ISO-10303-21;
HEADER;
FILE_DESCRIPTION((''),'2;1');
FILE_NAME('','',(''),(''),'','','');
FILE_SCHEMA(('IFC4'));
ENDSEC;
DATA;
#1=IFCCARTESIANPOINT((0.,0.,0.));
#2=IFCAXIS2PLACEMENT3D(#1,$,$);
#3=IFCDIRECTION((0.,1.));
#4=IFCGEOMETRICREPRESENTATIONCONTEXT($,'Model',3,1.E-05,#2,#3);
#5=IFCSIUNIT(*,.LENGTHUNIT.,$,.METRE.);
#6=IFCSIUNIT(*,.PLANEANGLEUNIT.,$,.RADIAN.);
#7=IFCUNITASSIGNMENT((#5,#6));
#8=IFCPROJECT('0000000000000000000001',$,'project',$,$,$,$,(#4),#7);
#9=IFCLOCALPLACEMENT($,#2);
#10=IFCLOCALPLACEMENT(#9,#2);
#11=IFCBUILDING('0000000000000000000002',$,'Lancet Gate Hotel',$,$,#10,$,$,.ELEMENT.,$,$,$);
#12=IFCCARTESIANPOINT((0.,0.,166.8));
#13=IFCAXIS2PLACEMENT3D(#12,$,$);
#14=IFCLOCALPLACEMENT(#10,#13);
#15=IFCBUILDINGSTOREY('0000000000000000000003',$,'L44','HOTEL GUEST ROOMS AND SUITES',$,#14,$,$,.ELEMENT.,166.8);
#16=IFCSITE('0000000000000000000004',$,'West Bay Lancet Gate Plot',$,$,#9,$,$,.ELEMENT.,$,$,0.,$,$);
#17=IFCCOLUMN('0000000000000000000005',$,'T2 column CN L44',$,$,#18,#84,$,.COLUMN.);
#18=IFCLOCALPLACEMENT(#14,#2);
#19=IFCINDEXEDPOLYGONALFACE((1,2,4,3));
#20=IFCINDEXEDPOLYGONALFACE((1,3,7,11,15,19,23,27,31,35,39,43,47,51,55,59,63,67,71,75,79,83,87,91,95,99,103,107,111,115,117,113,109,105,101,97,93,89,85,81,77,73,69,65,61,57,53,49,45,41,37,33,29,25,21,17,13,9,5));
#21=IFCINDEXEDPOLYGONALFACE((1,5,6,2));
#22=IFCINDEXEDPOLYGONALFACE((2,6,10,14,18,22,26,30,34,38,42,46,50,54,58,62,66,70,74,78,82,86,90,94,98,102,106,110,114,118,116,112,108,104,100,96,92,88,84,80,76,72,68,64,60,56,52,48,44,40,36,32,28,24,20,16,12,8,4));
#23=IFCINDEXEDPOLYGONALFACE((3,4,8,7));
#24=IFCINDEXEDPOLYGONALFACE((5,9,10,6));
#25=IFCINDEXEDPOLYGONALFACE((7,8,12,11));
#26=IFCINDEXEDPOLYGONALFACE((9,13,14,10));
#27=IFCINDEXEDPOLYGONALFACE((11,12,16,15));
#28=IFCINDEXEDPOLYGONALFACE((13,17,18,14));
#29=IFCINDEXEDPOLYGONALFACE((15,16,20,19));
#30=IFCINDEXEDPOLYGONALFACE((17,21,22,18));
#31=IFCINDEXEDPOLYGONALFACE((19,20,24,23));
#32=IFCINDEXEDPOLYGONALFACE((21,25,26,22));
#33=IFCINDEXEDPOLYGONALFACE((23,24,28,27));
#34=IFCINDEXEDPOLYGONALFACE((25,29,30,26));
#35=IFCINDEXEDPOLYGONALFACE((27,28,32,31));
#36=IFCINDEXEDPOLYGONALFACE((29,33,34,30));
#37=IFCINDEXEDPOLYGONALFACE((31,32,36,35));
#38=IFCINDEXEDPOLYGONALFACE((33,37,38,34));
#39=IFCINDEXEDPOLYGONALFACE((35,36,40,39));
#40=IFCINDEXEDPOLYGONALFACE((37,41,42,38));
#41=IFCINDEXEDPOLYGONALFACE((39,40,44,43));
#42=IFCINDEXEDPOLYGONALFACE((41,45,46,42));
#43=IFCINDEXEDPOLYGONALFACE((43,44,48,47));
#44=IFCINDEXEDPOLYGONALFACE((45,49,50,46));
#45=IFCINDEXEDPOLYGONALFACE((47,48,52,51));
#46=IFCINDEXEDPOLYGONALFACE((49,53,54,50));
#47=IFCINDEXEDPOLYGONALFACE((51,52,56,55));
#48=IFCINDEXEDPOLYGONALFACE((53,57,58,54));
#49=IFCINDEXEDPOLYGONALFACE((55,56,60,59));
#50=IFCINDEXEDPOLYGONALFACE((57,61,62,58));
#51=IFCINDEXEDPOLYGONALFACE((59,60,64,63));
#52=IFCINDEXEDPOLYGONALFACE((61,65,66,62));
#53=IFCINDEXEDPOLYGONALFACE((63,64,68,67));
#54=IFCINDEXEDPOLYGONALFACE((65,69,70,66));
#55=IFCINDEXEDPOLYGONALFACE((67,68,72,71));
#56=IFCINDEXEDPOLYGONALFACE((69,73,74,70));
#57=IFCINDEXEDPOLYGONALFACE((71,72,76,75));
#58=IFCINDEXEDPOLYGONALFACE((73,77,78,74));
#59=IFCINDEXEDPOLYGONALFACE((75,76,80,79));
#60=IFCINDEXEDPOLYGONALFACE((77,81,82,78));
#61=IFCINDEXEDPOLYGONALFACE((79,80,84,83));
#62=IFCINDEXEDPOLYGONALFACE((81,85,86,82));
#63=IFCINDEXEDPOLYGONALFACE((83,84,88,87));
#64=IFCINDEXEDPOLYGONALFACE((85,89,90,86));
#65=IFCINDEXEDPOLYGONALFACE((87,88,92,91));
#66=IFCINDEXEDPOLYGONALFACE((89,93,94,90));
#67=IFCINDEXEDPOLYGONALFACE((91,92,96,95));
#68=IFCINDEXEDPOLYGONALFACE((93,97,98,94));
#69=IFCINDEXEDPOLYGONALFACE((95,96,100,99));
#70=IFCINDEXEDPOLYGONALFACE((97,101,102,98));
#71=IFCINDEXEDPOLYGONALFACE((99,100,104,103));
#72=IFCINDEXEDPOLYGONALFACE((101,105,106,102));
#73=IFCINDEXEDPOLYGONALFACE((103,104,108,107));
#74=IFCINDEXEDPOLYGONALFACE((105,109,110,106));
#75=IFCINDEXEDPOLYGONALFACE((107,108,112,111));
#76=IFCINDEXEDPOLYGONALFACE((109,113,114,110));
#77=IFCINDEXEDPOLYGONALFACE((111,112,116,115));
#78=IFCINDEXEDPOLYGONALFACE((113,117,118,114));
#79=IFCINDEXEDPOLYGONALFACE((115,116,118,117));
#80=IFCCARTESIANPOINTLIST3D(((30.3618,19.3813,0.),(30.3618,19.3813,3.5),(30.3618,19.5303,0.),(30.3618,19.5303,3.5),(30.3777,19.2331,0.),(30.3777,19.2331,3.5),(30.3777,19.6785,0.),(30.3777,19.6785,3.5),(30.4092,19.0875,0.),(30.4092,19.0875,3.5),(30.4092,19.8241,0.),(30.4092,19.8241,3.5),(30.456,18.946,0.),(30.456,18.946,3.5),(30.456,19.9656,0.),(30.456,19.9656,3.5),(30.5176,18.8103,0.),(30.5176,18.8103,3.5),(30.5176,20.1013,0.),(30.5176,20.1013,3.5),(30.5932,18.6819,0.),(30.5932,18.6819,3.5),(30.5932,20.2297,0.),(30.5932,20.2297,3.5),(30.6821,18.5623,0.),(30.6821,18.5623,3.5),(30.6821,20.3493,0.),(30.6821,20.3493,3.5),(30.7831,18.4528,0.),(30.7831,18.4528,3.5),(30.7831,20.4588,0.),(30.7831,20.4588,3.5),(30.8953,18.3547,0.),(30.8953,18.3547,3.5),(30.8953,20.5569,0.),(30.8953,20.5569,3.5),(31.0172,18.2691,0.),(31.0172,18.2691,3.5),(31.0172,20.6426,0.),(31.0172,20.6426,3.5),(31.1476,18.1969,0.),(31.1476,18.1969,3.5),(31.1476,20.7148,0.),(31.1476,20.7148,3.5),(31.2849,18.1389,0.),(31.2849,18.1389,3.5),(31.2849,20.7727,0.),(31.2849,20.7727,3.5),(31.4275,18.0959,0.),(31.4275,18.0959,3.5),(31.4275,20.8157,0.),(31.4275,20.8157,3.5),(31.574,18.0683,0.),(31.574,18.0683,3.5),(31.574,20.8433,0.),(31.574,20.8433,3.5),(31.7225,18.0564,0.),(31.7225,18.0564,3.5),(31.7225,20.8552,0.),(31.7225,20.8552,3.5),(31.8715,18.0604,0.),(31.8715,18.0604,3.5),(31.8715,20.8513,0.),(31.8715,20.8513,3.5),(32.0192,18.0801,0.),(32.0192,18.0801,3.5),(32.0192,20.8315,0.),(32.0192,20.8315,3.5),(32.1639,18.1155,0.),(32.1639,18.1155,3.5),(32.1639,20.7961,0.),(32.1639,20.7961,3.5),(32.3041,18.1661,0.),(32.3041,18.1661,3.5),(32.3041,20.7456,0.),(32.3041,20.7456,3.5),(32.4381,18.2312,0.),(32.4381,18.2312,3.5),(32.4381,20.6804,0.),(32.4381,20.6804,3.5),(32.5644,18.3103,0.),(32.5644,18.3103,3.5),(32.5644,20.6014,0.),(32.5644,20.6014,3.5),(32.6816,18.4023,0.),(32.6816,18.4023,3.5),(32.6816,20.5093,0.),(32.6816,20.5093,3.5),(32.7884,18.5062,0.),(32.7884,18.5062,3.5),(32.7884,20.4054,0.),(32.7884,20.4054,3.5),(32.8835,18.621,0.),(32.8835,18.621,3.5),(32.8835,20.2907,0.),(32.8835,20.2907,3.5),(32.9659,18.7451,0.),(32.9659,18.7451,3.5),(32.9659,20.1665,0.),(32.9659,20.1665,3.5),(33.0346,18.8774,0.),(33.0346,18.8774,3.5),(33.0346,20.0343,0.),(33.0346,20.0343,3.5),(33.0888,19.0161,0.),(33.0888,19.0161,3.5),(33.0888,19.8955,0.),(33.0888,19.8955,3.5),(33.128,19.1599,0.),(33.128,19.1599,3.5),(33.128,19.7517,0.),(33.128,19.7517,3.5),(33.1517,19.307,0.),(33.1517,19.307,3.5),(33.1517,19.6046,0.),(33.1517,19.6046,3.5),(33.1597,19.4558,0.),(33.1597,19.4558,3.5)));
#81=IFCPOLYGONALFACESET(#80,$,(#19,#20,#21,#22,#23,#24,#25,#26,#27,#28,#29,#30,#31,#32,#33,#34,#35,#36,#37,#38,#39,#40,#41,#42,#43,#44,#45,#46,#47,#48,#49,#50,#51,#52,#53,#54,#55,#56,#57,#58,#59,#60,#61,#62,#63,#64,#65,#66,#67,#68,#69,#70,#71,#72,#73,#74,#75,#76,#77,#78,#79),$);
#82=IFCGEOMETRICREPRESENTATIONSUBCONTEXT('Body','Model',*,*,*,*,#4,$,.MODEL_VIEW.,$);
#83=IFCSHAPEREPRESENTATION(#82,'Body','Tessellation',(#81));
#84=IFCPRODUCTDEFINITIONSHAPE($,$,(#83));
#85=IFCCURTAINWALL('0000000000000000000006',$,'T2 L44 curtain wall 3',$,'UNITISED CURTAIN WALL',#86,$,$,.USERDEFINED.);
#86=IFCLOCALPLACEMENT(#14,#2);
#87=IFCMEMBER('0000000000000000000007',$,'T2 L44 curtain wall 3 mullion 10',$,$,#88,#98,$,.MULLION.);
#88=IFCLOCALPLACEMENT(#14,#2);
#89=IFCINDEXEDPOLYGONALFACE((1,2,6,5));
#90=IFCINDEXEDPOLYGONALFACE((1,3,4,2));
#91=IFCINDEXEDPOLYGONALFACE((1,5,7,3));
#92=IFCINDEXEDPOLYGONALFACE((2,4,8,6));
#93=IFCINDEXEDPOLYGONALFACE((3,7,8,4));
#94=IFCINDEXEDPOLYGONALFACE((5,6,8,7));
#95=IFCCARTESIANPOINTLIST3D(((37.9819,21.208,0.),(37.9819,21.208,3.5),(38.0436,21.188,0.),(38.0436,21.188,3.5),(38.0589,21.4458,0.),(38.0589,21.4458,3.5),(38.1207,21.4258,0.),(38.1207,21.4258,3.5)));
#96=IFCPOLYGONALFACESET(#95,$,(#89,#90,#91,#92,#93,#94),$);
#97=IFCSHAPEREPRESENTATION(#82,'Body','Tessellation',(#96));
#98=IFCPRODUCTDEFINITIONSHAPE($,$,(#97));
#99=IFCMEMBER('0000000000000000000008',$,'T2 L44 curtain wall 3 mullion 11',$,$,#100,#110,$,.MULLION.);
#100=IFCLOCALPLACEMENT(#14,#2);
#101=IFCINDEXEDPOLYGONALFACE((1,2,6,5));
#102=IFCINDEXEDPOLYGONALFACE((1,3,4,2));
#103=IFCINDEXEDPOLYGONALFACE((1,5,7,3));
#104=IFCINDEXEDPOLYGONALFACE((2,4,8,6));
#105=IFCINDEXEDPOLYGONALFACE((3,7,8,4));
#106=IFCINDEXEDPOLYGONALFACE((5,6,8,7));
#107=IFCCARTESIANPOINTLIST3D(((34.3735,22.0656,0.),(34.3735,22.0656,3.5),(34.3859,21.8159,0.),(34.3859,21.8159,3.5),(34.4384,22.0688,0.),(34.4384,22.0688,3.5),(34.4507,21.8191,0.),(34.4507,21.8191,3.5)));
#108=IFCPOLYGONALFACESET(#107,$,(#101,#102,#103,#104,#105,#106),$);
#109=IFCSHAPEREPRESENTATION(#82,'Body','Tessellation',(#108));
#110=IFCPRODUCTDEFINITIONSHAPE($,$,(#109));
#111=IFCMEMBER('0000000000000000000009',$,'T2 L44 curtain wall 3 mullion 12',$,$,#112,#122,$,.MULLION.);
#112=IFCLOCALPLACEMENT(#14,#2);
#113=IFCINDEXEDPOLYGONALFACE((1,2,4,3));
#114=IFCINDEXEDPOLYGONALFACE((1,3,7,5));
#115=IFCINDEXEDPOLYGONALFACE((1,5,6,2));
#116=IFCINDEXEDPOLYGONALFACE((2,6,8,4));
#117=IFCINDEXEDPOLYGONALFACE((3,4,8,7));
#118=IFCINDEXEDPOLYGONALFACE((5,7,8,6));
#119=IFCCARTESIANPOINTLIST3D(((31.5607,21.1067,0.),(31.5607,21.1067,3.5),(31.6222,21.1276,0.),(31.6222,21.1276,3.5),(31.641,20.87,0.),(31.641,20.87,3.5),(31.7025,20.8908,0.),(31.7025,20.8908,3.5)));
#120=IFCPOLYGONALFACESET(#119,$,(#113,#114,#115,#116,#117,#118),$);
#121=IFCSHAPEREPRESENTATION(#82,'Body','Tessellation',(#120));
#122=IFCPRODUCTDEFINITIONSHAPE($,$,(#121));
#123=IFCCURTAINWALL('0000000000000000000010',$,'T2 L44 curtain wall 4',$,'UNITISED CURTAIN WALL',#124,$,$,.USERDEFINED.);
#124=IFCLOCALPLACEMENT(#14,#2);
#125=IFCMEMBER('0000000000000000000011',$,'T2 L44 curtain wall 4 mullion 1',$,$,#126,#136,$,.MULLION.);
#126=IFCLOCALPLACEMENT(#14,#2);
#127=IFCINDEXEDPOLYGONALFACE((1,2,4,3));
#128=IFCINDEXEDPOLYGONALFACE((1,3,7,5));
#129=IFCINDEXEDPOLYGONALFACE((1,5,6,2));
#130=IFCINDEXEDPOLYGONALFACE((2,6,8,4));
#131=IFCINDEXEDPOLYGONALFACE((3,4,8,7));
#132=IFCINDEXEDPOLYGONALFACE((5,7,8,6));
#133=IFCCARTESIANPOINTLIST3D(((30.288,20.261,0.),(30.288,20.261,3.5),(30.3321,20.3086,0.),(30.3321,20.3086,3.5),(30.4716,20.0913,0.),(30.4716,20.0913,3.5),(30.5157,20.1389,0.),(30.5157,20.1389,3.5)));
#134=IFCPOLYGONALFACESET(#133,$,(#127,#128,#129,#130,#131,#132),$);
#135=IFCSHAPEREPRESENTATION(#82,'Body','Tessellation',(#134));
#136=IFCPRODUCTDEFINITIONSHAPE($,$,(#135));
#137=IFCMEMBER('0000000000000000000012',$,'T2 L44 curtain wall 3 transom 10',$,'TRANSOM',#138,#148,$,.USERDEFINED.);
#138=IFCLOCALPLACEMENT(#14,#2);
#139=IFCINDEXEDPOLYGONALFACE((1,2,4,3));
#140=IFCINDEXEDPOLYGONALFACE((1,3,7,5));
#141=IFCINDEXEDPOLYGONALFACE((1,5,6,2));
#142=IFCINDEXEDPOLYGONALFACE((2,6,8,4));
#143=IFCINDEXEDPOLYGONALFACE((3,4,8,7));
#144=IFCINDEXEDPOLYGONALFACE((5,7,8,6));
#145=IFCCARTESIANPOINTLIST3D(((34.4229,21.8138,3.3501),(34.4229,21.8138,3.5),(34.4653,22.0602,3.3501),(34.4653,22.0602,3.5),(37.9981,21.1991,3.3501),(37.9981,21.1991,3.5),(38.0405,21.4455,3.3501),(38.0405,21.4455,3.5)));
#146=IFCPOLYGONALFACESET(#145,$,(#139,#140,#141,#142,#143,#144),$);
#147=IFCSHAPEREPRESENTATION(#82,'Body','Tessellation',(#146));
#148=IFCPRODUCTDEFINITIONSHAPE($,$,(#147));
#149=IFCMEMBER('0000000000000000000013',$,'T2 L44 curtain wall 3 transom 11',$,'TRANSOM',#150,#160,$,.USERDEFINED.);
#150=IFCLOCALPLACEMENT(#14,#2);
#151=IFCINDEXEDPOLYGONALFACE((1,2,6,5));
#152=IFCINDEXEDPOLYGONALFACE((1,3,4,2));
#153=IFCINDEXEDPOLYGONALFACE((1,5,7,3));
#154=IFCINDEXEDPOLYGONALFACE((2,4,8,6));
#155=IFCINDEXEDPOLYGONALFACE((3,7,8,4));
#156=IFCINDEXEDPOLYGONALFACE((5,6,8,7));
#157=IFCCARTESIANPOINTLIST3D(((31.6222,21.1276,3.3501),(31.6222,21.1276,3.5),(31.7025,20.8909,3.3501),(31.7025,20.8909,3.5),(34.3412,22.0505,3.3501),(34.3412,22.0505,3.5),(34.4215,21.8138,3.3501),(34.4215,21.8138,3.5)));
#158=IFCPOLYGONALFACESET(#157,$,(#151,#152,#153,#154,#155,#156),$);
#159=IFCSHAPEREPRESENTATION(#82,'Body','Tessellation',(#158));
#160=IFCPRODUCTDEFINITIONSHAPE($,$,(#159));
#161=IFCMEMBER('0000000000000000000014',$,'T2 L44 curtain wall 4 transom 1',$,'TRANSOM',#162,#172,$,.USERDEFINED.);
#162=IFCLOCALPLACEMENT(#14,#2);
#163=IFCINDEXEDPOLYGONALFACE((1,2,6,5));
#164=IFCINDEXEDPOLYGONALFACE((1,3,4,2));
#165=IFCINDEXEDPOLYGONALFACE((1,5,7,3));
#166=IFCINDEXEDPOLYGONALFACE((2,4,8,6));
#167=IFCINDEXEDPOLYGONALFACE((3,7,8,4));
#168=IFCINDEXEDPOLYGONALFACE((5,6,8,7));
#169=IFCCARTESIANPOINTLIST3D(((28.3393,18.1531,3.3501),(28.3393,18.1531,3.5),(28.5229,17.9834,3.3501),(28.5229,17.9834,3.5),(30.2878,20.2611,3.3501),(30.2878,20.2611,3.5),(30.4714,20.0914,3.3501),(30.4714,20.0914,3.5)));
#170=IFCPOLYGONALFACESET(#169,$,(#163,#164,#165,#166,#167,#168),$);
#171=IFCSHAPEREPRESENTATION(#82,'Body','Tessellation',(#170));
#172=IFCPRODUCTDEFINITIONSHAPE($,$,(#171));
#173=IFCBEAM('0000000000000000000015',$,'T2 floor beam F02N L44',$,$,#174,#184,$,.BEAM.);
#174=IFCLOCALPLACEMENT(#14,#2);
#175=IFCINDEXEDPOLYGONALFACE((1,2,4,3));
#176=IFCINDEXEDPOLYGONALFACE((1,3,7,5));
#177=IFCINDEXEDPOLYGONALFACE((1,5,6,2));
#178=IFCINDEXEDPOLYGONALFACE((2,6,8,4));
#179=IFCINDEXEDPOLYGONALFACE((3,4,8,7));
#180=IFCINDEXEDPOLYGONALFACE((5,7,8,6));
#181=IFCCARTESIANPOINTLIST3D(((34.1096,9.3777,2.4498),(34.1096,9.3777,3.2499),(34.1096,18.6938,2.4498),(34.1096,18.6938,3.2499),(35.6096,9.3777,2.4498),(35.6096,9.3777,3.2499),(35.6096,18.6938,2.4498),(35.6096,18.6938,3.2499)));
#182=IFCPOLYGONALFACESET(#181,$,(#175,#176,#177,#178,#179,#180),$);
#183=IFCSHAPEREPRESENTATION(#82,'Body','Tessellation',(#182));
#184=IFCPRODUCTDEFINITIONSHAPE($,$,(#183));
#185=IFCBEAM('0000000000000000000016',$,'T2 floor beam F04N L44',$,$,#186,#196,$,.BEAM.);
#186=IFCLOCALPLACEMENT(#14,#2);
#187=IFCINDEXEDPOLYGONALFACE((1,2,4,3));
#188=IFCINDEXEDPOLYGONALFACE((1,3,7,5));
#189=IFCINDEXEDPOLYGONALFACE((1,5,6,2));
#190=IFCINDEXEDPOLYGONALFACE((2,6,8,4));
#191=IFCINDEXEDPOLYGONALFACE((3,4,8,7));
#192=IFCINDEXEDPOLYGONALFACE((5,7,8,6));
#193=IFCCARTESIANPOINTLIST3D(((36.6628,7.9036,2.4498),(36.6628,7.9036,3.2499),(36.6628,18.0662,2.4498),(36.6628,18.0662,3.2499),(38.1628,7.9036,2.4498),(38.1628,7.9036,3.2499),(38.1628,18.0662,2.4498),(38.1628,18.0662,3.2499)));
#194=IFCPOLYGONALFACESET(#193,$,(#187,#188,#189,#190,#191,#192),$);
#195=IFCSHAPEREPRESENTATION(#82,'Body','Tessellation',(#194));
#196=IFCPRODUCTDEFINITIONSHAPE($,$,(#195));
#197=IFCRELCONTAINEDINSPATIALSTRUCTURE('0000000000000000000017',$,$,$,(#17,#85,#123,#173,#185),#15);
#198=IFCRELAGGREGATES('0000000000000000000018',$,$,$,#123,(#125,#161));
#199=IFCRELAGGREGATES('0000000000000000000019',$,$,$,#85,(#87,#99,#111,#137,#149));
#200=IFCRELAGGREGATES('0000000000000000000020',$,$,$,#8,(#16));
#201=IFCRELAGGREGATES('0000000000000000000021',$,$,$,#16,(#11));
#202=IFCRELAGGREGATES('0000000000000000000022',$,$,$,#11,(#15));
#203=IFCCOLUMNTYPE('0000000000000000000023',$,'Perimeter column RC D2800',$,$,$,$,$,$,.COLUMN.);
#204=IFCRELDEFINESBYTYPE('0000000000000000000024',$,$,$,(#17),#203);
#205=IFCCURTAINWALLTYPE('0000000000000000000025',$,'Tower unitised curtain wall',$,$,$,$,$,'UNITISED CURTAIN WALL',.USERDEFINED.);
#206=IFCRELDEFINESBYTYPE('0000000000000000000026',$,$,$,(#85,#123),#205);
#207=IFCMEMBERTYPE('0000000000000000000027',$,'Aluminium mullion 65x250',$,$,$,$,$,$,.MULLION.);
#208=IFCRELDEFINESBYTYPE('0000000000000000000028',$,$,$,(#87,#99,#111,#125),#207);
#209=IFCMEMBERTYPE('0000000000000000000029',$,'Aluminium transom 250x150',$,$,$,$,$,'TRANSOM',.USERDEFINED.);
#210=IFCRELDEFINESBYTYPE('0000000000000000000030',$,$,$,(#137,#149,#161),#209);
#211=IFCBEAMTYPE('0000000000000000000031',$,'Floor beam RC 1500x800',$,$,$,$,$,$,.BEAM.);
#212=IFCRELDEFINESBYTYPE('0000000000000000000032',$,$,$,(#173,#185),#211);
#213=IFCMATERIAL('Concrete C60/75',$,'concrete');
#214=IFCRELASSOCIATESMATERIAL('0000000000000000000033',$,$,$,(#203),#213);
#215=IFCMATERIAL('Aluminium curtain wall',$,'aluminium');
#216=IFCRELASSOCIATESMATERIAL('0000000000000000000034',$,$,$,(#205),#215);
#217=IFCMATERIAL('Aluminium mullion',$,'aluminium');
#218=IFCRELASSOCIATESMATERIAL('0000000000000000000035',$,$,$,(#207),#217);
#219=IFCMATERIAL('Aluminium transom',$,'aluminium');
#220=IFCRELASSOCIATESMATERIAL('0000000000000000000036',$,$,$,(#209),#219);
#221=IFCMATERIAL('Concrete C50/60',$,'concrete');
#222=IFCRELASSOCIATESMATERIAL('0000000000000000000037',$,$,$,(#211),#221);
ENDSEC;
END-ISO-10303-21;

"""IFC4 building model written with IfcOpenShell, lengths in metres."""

from ifc_helpers import new_model, si_unit, direction, frame, origin, origin_2d, place, context, subcontext, project, spatial, rectangle, circle, extrude, material, material_profile, profile_set, type_object, element, aggregate, save


model = new_model("IFC4")

# Units and contexts
model_context = context("Model", 3, precision=1e-05, world=origin(), true_north=direction((0.0, 1.0)))
body_context = subcontext(model_context, "Body", "Model", "MODEL_VIEW")
ifc_project = project(units=[si_unit("LENGTHUNIT", "METRE"), si_unit("PLANEANGLEUNIT", "RADIAN")], contexts=[model_context])

# Site, building, storey
site_placement = place(None, origin())
site = spatial("IfcSite", under=ifc_project, at=site_placement, Name="West Bay Lancet Gate Plot", CompositionType="ELEMENT", RefElevation=0.0)
building_placement = place(site_placement, origin())
building = spatial("IfcBuilding", under=site, at=building_placement, Name="Lancet Gate Hotel", CompositionType="ELEMENT")
storey_placement = place(building_placement, frame((0.0, 0.0, 166.8)))
storey = spatial("IfcBuildingStorey", under=building, at=storey_placement, Name="L44", Description="HOTEL GUEST ROOMS AND SUITES", CompositionType="ELEMENT", Elevation=166.8)

# Column
ifc_material_1 = material(Name="Concrete C60/75", Category="concrete")
ifc_material_profile_1 = material_profile(ifc_material_1, circle(Radius=1.3999, at=origin_2d()), Name="RC D2800")
ifc_profile_set_1 = profile_set([ifc_material_profile_1], Name="Concrete C60/75")
column_type = type_object("IfcColumnType", Name="Perimeter column RC D2800", PredefinedType="COLUMN", material=ifc_profile_set_1)
column_placement = place(storey_placement, frame((31.7598, 19.4558, 0.0), z_axis=(0.0, 0.0, 1.0), x_axis=(1.0, 0.0, 0.0)))
element("IfcColumn", 1, at=column_placement, inside=storey, type_object=column_type, Name="T2 column CN L44", PredefinedType="COLUMN", context=body_context, shape_type="SweptSolid", body=[
    extrude(circle(Radius=1.3999, at=origin_2d()), origin(), (0.0, 0.0, 1.0), 3.5),
])

# Curtain wall, members
ifc_material_2 = material(Name="Aluminium curtain wall", Category="aluminium")
curtain_wall_type = type_object("IfcCurtainWallType", Name="Tower unitised curtain wall", ElementType="UNITISED CURTAIN WALL", PredefinedType="USERDEFINED", material=ifc_material_2)
curtain_wall_1_placement = place(storey_placement, origin())
curtain_wall_1 = element("IfcCurtainWall", 2, at=curtain_wall_1_placement, inside=storey, type_object=curtain_wall_type, Name="T2 L44 curtain wall 3", ObjectType="UNITISED CURTAIN WALL", PredefinedType="USERDEFINED")
ifc_material_3 = material(Name="Aluminium mullion", Category="aluminium")
ifc_material_profile_2 = material_profile(ifc_material_3, rectangle(XDim=0.0649, YDim=0.25, at=origin_2d()), Name="MULLION 65x250")
ifc_profile_set_2 = profile_set([ifc_material_profile_2], Name="Aluminium mullion")
member_type_1 = type_object("IfcMemberType", Name="Aluminium mullion 65x250", PredefinedType="MULLION", material=ifc_profile_set_2)
member_1_placement = place(storey_placement, frame((38.0513, 21.3169, 0.0), z_axis=(0.0, 0.0, 1.0), x_axis=(-0.951355, 0.308095, 0.0)))
member_1 = element("IfcMember", 3, at=member_1_placement, type_object=member_type_1, Name="T2 L44 curtain wall 3 mullion 10", PredefinedType="MULLION", context=body_context, shape_type="SweptSolid", body=[
    extrude(rectangle(XDim=0.0649, YDim=0.25, at=origin_2d()), origin(), (0.0, 0.0, 1.0), 3.5),
])
member_2_placement = place(storey_placement, frame((34.4121, 21.9424, 0.0), z_axis=(0.0, 0.0, 1.0), x_axis=(-0.998776, -0.049471, 0.0)))
member_2 = element("IfcMember", 4, at=member_2_placement, type_object=member_type_1, Name="T2 L44 curtain wall 3 mullion 11", PredefinedType="MULLION", context=body_context, shape_type="SweptSolid", body=[
    extrude(rectangle(XDim=0.0649, YDim=0.25, at=origin_2d()), origin(), (0.0, 0.0, 1.0), 3.5),
])
member_3_placement = place(storey_placement, frame((31.6316, 20.9988, 0.0), z_axis=(0.0, 0.0, 1.0), x_axis=(-0.946952, -0.321374, 0.0)))
member_3 = element("IfcMember", 5, at=member_3_placement, type_object=member_type_1, Name="T2 L44 curtain wall 3 mullion 12", PredefinedType="MULLION", context=body_context, shape_type="SweptSolid", body=[
    extrude(rectangle(XDim=0.0649, YDim=0.25, at=origin_2d()), origin(), (0.0, 0.0, 1.0), 3.5),
])

# Curtain wall, member
curtain_wall_2_placement = place(storey_placement, origin())
curtain_wall_2 = element("IfcCurtainWall", 6, at=curtain_wall_2_placement, inside=storey, type_object=curtain_wall_type, Name="T2 L44 curtain wall 4", ObjectType="UNITISED CURTAIN WALL", PredefinedType="USERDEFINED")
member_4_placement = place(storey_placement, frame((30.4019, 20.2, 0.0), z_axis=(0.0, 0.0, 1.0), x_axis=(-0.678831, -0.734294, 0.0)))
member_4 = element("IfcMember", 7, at=member_4_placement, type_object=member_type_1, Name="T2 L44 curtain wall 4 mullion 1", PredefinedType="MULLION", context=body_context, shape_type="SweptSolid", body=[
    extrude(rectangle(XDim=0.0649, YDim=0.25, at=origin_2d()), origin(), (0.0, 0.0, 1.0), 3.5),
])

# Members
ifc_material_4 = material(Name="Aluminium transom", Category="aluminium")
ifc_material_profile_3 = material_profile(ifc_material_4, rectangle(XDim=0.25, YDim=0.1499, at=origin_2d()), Name="TRANSOM 250x150")
ifc_profile_set_3 = profile_set([ifc_material_profile_3], Name="Aluminium transom")
member_type_2 = type_object("IfcMemberType", Name="Aluminium transom 250x150", ElementType="TRANSOM", PredefinedType="USERDEFINED", material=ifc_profile_set_3)
member_5_placement = place(storey_placement, frame((38.0193, 21.3223, 3.425), z_axis=(-0.985537, 0.169461, 0.0), x_axis=(-0.169461, -0.985537, 0.0)))
member_5 = element("IfcMember", 8, at=member_5_placement, type_object=member_type_2, Name="T2 L44 curtain wall 3 transom 10", ObjectType="TRANSOM", PredefinedType="USERDEFINED", context=body_context, shape_type="SweptSolid", body=[
    extrude(rectangle(XDim=0.25, YDim=0.1499, at=origin_2d()), origin(), (0.0, 0.0, 1.0), 3.6277),
])
member_6_placement = place(storey_placement, frame((34.3813, 21.9321, 3.425), z_axis=(-0.946943, -0.321401, 0.0), x_axis=(0.321401, -0.946943, 0.0)))
member_6 = element("IfcMember", 9, at=member_6_placement, type_object=member_type_2, Name="T2 L44 curtain wall 3 transom 11", ObjectType="TRANSOM", PredefinedType="USERDEFINED", context=body_context, shape_type="SweptSolid", body=[
    extrude(rectangle(XDim=0.25, YDim=0.1499, at=origin_2d()), origin(), (0.0, 0.0, 1.0), 2.8713),
])
member_7_placement = place(storey_placement, frame((30.3796, 20.1763, 3.425), z_axis=(-0.678792, -0.73433, 0.0), x_axis=(0.73433, -0.678792, 0.0)))
member_7 = element("IfcMember", 10, at=member_7_placement, type_object=member_type_2, Name="T2 L44 curtain wall 4 transom 1", ObjectType="TRANSOM", PredefinedType="USERDEFINED", context=body_context, shape_type="SweptSolid", body=[
    extrude(rectangle(XDim=0.25, YDim=0.1499, at=origin_2d()), origin(), (0.0, 0.0, 1.0), 2.8706),
])
aggregate(curtain_wall_2, [member_4, member_7])

# Beams
ifc_material_5 = material(Name="Concrete C50/60", Category="concrete")
ifc_material_profile_4 = material_profile(ifc_material_5, rectangle(XDim=1.5, YDim=0.8, at=origin_2d()), Name="RC 1500x800")
ifc_profile_set_4 = profile_set([ifc_material_profile_4], Name="Concrete C50/60")
beam_type = type_object("IfcBeamType", Name="Floor beam RC 1500x800", PredefinedType="BEAM", material=ifc_profile_set_4)
beam_1_placement = place(storey_placement, frame((34.8596, 9.3777, 2.8499), z_axis=(0.0, 1.0, 0.0), x_axis=(-1.0, 0.0, 0.0)))
element("IfcBeam", 11, at=beam_1_placement, inside=storey, type_object=beam_type, Name="T2 floor beam F02N L44", PredefinedType="BEAM", context=body_context, shape_type="SweptSolid", body=[
    extrude(rectangle(XDim=1.5, YDim=0.8, at=origin_2d()), origin(), (0.0, 0.0, 1.0), 9.3162),
])
beam_2_placement = place(storey_placement, frame((37.4128, 7.9036, 2.8499), z_axis=(0.0, 1.0, 0.0), x_axis=(-1.0, 0.0, 0.0)))
element("IfcBeam", 12, at=beam_2_placement, inside=storey, type_object=beam_type, Name="T2 floor beam F04N L44", PredefinedType="BEAM", context=body_context, shape_type="SweptSolid", body=[
    extrude(rectangle(XDim=1.5, YDim=0.8, at=origin_2d()), origin(), (0.0, 0.0, 1.0), 10.1626),
])

aggregate(curtain_wall_1, [member_1, member_2, member_3, member_5, member_6])

save(model, "model.ifc")
